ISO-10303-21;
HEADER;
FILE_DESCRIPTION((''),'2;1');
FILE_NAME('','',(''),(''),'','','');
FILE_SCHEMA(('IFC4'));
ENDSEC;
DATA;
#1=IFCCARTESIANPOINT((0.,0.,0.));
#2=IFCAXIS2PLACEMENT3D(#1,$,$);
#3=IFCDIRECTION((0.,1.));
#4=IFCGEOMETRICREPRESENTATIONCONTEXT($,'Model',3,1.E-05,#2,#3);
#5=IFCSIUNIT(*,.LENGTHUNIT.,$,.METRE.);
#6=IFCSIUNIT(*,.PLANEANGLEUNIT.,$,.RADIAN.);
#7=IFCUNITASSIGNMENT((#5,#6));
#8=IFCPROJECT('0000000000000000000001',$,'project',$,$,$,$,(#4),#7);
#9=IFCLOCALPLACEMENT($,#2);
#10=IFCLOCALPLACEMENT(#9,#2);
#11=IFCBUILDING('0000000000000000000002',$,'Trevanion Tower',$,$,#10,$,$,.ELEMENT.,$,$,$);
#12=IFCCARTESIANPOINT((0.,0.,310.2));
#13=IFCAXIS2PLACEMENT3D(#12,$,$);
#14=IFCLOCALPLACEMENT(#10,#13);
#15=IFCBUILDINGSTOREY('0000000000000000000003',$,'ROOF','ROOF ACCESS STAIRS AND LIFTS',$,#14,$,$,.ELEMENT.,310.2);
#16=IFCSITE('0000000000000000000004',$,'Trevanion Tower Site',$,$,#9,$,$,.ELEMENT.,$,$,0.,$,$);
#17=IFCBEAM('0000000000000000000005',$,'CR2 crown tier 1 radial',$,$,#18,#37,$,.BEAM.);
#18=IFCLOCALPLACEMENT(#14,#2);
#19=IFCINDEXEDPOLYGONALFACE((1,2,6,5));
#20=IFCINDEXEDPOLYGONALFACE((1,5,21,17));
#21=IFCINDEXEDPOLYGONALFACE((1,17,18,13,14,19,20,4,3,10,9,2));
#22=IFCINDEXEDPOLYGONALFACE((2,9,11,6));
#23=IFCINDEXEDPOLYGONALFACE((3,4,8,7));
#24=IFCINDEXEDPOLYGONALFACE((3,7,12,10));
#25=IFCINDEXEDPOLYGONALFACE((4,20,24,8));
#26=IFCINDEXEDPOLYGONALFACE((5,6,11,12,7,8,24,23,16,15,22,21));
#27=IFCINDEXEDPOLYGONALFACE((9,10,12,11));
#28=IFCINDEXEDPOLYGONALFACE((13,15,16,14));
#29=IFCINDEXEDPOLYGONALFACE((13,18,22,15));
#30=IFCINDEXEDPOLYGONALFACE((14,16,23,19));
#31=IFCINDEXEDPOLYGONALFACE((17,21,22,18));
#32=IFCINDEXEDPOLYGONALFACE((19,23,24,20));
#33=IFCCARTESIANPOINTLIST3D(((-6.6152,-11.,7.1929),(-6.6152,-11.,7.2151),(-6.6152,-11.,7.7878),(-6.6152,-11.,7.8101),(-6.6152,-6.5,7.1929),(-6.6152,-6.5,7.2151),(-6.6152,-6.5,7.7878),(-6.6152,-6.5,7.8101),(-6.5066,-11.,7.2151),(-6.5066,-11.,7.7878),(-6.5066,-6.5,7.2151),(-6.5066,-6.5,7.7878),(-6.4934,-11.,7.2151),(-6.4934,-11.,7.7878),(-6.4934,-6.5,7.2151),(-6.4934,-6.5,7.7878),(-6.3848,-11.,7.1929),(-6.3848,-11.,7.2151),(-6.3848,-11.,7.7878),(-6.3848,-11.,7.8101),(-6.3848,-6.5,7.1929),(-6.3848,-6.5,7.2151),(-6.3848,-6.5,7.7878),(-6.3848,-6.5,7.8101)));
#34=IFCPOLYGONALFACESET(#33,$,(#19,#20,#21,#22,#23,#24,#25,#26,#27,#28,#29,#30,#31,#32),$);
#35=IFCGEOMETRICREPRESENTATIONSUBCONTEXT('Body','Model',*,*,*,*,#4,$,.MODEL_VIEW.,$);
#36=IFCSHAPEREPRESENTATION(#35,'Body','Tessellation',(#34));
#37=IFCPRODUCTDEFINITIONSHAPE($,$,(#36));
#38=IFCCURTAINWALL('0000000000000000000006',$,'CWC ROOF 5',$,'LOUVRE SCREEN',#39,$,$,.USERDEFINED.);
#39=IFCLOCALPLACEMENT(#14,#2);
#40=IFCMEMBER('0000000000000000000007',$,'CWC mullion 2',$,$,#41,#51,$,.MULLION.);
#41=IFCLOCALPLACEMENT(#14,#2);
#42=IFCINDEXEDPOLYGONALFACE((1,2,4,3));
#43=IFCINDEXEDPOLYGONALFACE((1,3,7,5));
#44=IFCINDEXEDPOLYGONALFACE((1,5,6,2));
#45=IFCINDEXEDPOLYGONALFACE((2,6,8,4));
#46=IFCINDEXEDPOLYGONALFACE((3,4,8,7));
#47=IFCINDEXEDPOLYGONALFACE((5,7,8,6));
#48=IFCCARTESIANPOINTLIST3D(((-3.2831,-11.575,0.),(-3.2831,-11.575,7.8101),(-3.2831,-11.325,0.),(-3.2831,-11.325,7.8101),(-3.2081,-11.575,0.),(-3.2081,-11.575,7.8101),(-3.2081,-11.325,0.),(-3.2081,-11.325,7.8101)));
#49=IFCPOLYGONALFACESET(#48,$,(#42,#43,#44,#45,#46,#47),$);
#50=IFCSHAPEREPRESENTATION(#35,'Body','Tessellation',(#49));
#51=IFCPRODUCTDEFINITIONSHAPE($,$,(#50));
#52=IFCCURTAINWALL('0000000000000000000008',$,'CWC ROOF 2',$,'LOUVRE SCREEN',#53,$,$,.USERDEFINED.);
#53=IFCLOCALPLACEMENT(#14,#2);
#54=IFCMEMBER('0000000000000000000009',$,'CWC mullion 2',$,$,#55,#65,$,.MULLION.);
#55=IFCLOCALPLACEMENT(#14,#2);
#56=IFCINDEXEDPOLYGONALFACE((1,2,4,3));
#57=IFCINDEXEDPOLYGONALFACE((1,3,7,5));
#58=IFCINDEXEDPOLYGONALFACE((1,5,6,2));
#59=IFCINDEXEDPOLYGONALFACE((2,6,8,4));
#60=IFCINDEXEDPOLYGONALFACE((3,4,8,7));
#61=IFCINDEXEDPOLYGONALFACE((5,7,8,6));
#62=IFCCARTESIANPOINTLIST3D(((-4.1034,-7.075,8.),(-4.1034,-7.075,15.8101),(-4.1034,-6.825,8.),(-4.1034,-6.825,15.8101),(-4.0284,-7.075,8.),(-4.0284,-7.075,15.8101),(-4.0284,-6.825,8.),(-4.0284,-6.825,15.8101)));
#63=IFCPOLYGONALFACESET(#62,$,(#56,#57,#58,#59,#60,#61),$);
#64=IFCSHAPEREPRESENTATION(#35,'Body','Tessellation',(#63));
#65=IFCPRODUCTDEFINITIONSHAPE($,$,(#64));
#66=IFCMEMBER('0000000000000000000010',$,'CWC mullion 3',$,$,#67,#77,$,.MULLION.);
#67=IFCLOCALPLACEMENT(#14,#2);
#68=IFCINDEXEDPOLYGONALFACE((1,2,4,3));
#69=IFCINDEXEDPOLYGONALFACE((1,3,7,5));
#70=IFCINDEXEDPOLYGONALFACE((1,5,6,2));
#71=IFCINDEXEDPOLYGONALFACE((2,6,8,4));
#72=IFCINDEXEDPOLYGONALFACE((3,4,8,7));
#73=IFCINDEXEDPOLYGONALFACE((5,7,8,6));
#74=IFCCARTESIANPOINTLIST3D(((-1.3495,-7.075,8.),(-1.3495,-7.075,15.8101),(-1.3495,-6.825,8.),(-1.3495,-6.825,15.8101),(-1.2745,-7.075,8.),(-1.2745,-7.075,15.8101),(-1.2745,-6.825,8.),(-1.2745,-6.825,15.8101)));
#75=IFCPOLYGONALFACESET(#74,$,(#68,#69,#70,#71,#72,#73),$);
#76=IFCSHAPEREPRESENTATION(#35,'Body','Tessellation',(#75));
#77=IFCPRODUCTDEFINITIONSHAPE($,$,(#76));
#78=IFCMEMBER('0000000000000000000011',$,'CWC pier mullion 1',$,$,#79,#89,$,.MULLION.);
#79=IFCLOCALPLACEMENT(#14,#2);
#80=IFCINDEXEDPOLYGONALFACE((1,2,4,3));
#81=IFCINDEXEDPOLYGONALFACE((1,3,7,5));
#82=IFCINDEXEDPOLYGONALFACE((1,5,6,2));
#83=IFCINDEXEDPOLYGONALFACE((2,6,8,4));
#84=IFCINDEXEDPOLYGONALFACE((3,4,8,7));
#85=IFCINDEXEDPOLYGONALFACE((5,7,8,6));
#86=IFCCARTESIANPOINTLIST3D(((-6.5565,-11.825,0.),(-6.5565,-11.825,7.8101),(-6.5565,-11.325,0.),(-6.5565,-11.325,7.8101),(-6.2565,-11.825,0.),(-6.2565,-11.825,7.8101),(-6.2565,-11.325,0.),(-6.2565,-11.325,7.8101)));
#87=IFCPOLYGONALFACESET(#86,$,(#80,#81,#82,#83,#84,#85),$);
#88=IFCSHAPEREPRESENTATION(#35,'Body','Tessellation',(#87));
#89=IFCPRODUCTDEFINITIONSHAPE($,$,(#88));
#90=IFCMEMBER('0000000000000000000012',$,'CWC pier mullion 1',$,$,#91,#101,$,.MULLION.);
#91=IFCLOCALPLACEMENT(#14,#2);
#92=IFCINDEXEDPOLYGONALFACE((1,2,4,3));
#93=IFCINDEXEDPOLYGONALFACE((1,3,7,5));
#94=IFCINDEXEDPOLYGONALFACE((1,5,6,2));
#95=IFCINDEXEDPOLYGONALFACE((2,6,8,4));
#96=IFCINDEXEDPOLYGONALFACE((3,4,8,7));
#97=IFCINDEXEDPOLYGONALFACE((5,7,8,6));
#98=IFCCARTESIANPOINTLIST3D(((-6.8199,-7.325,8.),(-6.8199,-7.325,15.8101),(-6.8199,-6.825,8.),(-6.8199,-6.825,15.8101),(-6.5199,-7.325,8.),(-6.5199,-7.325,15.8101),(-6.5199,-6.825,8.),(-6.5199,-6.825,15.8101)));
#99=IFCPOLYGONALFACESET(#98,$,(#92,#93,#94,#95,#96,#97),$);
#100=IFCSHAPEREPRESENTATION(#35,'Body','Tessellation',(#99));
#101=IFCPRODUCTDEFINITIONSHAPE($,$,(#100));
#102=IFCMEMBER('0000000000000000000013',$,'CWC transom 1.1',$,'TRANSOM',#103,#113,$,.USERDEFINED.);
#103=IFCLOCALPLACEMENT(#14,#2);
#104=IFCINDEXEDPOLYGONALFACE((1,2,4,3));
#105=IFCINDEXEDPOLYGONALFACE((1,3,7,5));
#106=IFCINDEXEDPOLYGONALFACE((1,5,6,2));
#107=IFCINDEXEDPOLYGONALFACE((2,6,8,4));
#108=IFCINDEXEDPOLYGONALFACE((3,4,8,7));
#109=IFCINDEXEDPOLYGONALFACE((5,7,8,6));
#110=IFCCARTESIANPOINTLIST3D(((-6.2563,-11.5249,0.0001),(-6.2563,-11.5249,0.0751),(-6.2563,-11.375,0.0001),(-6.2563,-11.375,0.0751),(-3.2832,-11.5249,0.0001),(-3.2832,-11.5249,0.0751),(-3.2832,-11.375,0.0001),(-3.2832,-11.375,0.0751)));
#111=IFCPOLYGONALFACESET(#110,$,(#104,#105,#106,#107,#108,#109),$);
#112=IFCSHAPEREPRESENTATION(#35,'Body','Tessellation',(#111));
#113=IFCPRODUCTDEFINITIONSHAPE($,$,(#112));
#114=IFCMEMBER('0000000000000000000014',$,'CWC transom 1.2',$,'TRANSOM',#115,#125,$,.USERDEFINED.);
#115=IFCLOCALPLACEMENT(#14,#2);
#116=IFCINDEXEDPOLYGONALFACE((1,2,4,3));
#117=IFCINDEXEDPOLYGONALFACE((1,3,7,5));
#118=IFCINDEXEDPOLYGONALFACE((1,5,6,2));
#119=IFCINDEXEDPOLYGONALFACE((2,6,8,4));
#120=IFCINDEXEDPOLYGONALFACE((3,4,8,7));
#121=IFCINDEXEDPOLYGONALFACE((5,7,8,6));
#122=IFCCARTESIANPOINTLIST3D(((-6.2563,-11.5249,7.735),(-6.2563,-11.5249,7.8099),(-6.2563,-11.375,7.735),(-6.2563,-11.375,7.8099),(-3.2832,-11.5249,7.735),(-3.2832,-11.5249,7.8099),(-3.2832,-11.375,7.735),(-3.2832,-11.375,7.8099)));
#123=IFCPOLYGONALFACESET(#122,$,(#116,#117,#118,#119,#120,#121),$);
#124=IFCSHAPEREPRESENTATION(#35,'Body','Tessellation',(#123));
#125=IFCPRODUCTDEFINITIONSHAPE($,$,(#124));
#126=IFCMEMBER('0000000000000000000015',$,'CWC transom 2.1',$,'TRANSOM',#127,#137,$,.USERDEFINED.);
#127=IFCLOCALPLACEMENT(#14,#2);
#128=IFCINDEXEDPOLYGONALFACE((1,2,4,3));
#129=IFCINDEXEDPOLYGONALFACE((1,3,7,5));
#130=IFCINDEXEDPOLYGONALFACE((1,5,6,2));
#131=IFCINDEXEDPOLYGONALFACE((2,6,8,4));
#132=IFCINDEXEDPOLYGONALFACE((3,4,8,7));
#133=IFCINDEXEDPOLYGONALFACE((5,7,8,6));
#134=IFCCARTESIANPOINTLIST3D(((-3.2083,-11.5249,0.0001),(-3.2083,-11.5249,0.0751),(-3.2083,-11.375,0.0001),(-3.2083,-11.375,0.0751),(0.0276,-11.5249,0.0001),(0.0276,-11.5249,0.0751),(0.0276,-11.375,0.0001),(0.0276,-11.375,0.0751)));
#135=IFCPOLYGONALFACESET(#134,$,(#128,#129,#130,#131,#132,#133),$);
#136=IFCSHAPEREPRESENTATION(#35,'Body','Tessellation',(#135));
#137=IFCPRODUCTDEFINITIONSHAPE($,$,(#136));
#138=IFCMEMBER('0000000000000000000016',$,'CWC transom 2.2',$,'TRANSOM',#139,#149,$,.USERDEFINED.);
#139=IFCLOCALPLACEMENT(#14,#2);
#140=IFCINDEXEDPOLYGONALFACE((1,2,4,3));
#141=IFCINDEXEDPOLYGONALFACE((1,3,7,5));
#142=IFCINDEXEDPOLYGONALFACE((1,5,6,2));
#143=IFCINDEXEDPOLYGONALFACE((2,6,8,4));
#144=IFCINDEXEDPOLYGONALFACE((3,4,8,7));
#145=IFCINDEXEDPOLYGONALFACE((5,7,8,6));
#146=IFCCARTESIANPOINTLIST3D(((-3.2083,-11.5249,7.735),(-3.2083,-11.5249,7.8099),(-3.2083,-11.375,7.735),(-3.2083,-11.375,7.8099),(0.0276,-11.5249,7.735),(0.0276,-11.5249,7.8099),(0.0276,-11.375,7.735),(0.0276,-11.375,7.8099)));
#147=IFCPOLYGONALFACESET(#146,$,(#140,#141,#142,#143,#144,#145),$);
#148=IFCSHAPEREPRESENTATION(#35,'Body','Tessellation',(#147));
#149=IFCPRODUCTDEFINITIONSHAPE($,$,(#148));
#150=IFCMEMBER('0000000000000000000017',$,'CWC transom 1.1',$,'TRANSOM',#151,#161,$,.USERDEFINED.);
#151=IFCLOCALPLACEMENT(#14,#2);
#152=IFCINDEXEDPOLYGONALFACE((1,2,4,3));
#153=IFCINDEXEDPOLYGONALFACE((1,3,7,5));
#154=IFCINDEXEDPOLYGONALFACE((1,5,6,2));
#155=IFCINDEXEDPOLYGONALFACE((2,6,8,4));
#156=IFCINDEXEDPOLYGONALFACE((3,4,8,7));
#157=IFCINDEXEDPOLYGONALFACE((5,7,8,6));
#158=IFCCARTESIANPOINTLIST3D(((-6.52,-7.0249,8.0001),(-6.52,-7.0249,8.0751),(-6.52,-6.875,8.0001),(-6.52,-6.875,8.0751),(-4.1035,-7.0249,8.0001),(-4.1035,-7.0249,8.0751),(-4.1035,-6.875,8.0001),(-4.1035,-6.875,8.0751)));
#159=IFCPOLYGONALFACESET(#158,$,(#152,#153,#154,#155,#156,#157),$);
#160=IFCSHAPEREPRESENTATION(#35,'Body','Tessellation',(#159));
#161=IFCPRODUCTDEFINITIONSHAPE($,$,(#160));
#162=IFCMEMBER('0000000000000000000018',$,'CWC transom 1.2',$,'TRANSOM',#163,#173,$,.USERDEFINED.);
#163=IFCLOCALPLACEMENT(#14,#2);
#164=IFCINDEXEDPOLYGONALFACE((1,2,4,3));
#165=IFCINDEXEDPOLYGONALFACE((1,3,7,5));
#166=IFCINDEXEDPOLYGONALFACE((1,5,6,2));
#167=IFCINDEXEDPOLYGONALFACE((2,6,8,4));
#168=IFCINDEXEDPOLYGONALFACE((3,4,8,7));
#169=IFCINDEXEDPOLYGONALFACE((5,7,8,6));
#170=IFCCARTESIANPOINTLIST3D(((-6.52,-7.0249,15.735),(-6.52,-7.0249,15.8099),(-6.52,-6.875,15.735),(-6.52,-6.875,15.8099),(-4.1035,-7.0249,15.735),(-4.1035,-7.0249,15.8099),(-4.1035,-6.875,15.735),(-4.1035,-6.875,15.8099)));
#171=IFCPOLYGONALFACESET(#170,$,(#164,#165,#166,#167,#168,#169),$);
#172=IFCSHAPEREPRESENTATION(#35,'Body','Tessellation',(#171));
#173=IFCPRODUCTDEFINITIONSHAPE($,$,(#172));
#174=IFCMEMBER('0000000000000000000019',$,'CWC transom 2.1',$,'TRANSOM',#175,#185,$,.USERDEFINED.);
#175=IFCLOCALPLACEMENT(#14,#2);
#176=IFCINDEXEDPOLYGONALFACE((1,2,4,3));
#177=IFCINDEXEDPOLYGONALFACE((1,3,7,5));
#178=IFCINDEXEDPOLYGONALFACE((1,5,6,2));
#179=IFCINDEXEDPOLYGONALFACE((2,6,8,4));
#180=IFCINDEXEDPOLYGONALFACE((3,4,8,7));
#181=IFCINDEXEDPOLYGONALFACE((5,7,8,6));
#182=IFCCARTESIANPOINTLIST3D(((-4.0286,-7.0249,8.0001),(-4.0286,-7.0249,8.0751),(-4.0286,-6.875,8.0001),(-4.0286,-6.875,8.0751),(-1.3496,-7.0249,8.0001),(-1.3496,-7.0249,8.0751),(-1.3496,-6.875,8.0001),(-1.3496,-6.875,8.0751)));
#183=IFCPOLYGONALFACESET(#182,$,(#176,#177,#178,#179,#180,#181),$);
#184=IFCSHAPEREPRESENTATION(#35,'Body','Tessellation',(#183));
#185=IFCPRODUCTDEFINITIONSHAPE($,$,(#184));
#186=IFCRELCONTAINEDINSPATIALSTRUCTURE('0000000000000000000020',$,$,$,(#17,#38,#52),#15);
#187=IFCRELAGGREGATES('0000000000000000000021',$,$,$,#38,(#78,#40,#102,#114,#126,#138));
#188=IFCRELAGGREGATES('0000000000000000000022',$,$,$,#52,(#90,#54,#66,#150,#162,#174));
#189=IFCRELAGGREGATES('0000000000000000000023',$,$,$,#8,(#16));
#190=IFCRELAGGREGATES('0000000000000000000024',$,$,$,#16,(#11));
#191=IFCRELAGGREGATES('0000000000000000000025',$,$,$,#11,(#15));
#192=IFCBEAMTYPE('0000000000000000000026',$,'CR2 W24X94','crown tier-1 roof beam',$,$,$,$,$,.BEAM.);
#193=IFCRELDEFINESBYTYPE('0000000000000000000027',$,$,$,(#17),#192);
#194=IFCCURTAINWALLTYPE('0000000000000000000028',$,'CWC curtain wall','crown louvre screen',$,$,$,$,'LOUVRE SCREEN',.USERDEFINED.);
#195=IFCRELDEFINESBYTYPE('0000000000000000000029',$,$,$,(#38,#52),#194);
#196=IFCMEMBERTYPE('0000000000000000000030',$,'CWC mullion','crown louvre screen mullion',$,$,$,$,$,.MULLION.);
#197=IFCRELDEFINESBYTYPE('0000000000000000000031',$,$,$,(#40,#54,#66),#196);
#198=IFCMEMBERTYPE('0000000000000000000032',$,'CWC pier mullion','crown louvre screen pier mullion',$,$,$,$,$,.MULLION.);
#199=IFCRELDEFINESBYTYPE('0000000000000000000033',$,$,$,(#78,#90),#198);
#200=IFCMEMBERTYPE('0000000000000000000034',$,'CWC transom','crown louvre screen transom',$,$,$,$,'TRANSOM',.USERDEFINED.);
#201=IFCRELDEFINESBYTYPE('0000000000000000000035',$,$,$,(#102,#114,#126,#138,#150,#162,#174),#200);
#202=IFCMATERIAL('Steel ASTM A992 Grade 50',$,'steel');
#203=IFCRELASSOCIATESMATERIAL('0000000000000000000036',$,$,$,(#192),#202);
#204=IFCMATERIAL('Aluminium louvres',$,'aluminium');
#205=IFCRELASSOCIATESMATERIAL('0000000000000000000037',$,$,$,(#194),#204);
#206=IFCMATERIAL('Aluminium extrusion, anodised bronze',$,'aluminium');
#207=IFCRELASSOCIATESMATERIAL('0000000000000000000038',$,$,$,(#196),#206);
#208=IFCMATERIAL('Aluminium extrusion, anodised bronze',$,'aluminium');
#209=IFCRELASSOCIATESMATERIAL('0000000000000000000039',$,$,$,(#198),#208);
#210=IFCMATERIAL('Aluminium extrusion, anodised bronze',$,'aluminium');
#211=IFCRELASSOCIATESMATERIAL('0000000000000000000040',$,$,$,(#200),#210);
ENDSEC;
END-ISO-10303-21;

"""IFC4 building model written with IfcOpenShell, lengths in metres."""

from ifc_helpers import new_model, si_unit, direction, frame, origin, origin_2d, place, context, subcontext, project, spatial, rectangle, i_section, extrude, material, material_profile, profile_set, type_object, element, aggregate, save


model = new_model("IFC4")

# Units and contexts
model_context = context("Model", 3, precision=1e-05, world=origin(), true_north=direction((0.0, 1.0)))
body_context = subcontext(model_context, "Body", "Model", "MODEL_VIEW")
ifc_project = project(units=[si_unit("LENGTHUNIT", "METRE"), si_unit("PLANEANGLEUNIT", "RADIAN")], contexts=[model_context])

# Site, building, storey
site_placement = place(None, origin())
site = spatial("IfcSite", under=ifc_project, at=site_placement, Name="Trevanion Tower Site", CompositionType="ELEMENT", RefElevation=0.0)
building_placement = place(site_placement, origin())
building = spatial("IfcBuilding", under=site, at=building_placement, Name="Trevanion Tower", CompositionType="ELEMENT")
storey_placement = place(building_placement, frame((0.0, 0.0, 310.2)))
storey = spatial("IfcBuildingStorey", under=building, at=storey_placement, Name="ROOF", Description="ROOF ACCESS STAIRS AND LIFTS", CompositionType="ELEMENT", Elevation=310.2)

# Beam
ifc_material_1 = material(Name="Steel ASTM A992 Grade 50", Category="steel")
ifc_material_profile_1 = material_profile(ifc_material_1, i_section(OverallWidth=0.2305, OverallDepth=0.6172, WebThickness=0.0132, FlangeThickness=0.0222, at=origin_2d()), Name="W24X94")
ifc_profile_set_1 = profile_set([ifc_material_profile_1], Name="Steel ASTM A992 Grade 50")
beam_type_1 = type_object("IfcBeamType", Name="CR2 W24X94", Description="crown tier-1 roof beam", PredefinedType="BEAM", material=ifc_profile_set_1)
for number, where, z_axis, x_axis, name in (
    (1, (-6.5, -6.5, 7.5015), (0.0, -1.0, 0.0), (1.0, 0.0, 0.0), "CR2 crown tier 1 radial"),
):
    element("IfcBeam", number, at=place(storey_placement, frame(where, z_axis=z_axis, x_axis=x_axis)), inside=storey, type_object=beam_type_1, Name=name, PredefinedType="BEAM", context=body_context, shape_type="SweptSolid", body=[
        extrude(i_section(OverallWidth=0.2305, OverallDepth=0.6172, WebThickness=0.0132, FlangeThickness=0.0222, at=origin_2d()), origin(), (0.0, 0.0, 1.0), 4.5),
    ])

# Curtain wall, member
ifc_material_2 = material(Name="Aluminium louvres", Category="aluminium")
curtain_wall_type = type_object("IfcCurtainWallType", Name="CWC curtain wall", Description="crown louvre screen", ElementType="LOUVRE SCREEN", PredefinedType="USERDEFINED", material=ifc_material_2)
curtain_wall_1_placement = place(storey_placement, origin())
curtain_wall_1 = element("IfcCurtainWall", 2, at=curtain_wall_1_placement, inside=storey, type_object=curtain_wall_type, Name="CWC ROOF 5", ObjectType="LOUVRE SCREEN", PredefinedType="USERDEFINED")
ifc_material_3 = material(Name="Aluminium extrusion, anodised bronze", Category="aluminium")
ifc_material_profile_2 = material_profile(ifc_material_3, rectangle(XDim=0.075, YDim=0.25, at=origin_2d()), Name="CWC mullion")
ifc_profile_set_2 = profile_set([ifc_material_profile_2], Name="Aluminium extrusion, anodised bronze")
member_type_1 = type_object("IfcMemberType", Name="CWC mullion", Description="crown louvre screen mullion", PredefinedType="MULLION", material=ifc_profile_set_2)
member_1_placement = place(storey_placement, frame((-3.2456, -11.45, 0.0), z_axis=(0.0, 0.0, 1.0), x_axis=(1.0, 0.0, 0.0)))
member_1 = element("IfcMember", 3, at=member_1_placement, type_object=member_type_1, Name="CWC mullion 2", PredefinedType="MULLION", context=body_context, shape_type="SweptSolid", body=[
    extrude(rectangle(XDim=0.075, YDim=0.25, at=origin_2d()), origin(), (0.0, 0.0, 1.0), 7.8101),
])

# Curtain wall, members
curtain_wall_2_placement = place(storey_placement, origin())
curtain_wall_2 = element("IfcCurtainWall", 4, at=curtain_wall_2_placement, inside=storey, type_object=curtain_wall_type, Name="CWC ROOF 2", ObjectType="LOUVRE SCREEN", PredefinedType="USERDEFINED")
member_2_placement = place(storey_placement, frame((-4.0659, -6.95, 8.0), z_axis=(0.0, 0.0, 1.0), x_axis=(1.0, 0.0, 0.0)))
member_2 = element("IfcMember", 5, at=member_2_placement, type_object=member_type_1, Name="CWC mullion 2", PredefinedType="MULLION", context=body_context, shape_type="SweptSolid", body=[
    extrude(rectangle(XDim=0.075, YDim=0.25, at=origin_2d()), origin(), (0.0, 0.0, 1.0), 7.8101),
])
member_3_placement = place(storey_placement, frame((-1.312, -6.95, 8.0), z_axis=(0.0, 0.0, 1.0), x_axis=(1.0, 0.0, 0.0)))
member_3 = element("IfcMember", 6, at=member_3_placement, type_object=member_type_1, Name="CWC mullion 3", PredefinedType="MULLION", context=body_context, shape_type="SweptSolid", body=[
    extrude(rectangle(XDim=0.075, YDim=0.25, at=origin_2d()), origin(), (0.0, 0.0, 1.0), 7.8101),
])

# Members
ifc_material_4 = material(Name="Aluminium extrusion, anodised bronze", Category="aluminium")
ifc_material_profile_3 = material_profile(ifc_material_4, rectangle(XDim=0.3, YDim=0.5, at=origin_2d()), Name="CWC pier mullion")
ifc_profile_set_3 = profile_set([ifc_material_profile_3], Name="Aluminium extrusion, anodised bronze")
member_type_2 = type_object("IfcMemberType", Name="CWC pier mullion", Description="crown louvre screen pier mullion", PredefinedType="MULLION", material=ifc_profile_set_3)
member_4_placement = place(storey_placement, frame((-6.4065, -11.575, 0.0), z_axis=(0.0, 0.0, 1.0), x_axis=(1.0, 0.0, 0.0)))
member_4 = element("IfcMember", 7, at=member_4_placement, type_object=member_type_2, Name="CWC pier mullion 1", PredefinedType="MULLION", context=body_context, shape_type="SweptSolid", body=[
    extrude(rectangle(XDim=0.3, YDim=0.5, at=origin_2d()), origin(), (0.0, 0.0, 1.0), 7.8101),
])
member_5_placement = place(storey_placement, frame((-6.6699, -7.075, 8.0), z_axis=(0.0, 0.0, 1.0), x_axis=(1.0, 0.0, 0.0)))
member_5 = element("IfcMember", 8, at=member_5_placement, type_object=member_type_2, Name="CWC pier mullion 1", PredefinedType="MULLION", context=body_context, shape_type="SweptSolid", body=[
    extrude(rectangle(XDim=0.3, YDim=0.5, at=origin_2d()), origin(), (0.0, 0.0, 1.0), 7.8101),
])
ifc_material_5 = material(Name="Aluminium extrusion, anodised bronze", Category="aluminium")
ifc_material_profile_4 = material_profile(ifc_material_5, rectangle(XDim=0.1499, YDim=0.075, at=origin_2d()), Name="CWC transom")
ifc_profile_set_4 = profile_set([ifc_material_profile_4], Name="Aluminium extrusion, anodised bronze")
member_type_3 = type_object("IfcMemberType", Name="CWC transom", Description="crown louvre screen transom", ElementType="TRANSOM", PredefinedType="USERDEFINED", material=ifc_profile_set_4)
member_6_placement = place(storey_placement, frame((-6.2563, -11.45, 0.0376), z_axis=(1.0, 0.0, 0.0), x_axis=(0.0, 1.0, 0.0)))
member_6 = element("IfcMember", 9, at=member_6_placement, type_object=member_type_3, Name="CWC transom 1.1", ObjectType="TRANSOM", PredefinedType="USERDEFINED", context=body_context, shape_type="SweptSolid", body=[
    extrude(rectangle(XDim=0.1499, YDim=0.075, at=origin_2d()), origin(), (0.0, 0.0, 1.0), 2.9731),
])
member_7_placement = place(storey_placement, frame((-6.2563, -11.45, 7.7725), z_axis=(1.0, 0.0, 0.0), x_axis=(0.0, 1.0, 0.0)))
member_7 = element("IfcMember", 10, at=member_7_placement, type_object=member_type_3, Name="CWC transom 1.2", ObjectType="TRANSOM", PredefinedType="USERDEFINED", context=body_context, shape_type="SweptSolid", body=[
    extrude(rectangle(XDim=0.1499, YDim=0.075, at=origin_2d()), origin(), (0.0, 0.0, 1.0), 2.9731),
])
member_8_placement = place(storey_placement, frame((-3.2083, -11.45, 0.0376), z_axis=(1.0, 0.0, 0.0), x_axis=(0.0, 1.0, 0.0)))
member_8 = element("IfcMember", 11, at=member_8_placement, type_object=member_type_3, Name="CWC transom 2.1", ObjectType="TRANSOM", PredefinedType="USERDEFINED", context=body_context, shape_type="SweptSolid", body=[
    extrude(rectangle(XDim=0.1499, YDim=0.075, at=origin_2d()), origin(), (0.0, 0.0, 1.0), 3.2358),
])
member_9_placement = place(storey_placement, frame((-3.2083, -11.45, 7.7725), z_axis=(1.0, 0.0, 0.0), x_axis=(0.0, 1.0, 0.0)))
member_9 = element("IfcMember", 12, at=member_9_placement, type_object=member_type_3, Name="CWC transom 2.2", ObjectType="TRANSOM", PredefinedType="USERDEFINED", context=body_context, shape_type="SweptSolid", body=[
    extrude(rectangle(XDim=0.1499, YDim=0.075, at=origin_2d()), origin(), (0.0, 0.0, 1.0), 3.2358),
])
member_10_placement = place(storey_placement, frame((-6.52, -6.95, 8.0376), z_axis=(1.0, 0.0, 0.0), x_axis=(0.0, 1.0, 0.0)))
member_10 = element("IfcMember", 13, at=member_10_placement, type_object=member_type_3, Name="CWC transom 1.1", ObjectType="TRANSOM", PredefinedType="USERDEFINED", context=body_context, shape_type="SweptSolid", body=[
    extrude(rectangle(XDim=0.1499, YDim=0.075, at=origin_2d()), origin(), (0.0, 0.0, 1.0), 2.4165),
])
member_11_placement = place(storey_placement, frame((-6.52, -6.95, 15.7725), z_axis=(1.0, 0.0, 0.0), x_axis=(0.0, 1.0, 0.0)))
member_11 = element("IfcMember", 14, at=member_11_placement, type_object=member_type_3, Name="CWC transom 1.2", ObjectType="TRANSOM", PredefinedType="USERDEFINED", context=body_context, shape_type="SweptSolid", body=[
    extrude(rectangle(XDim=0.1499, YDim=0.075, at=origin_2d()), origin(), (0.0, 0.0, 1.0), 2.4165),
])
member_12_placement = place(storey_placement, frame((-4.0286, -6.95, 8.0376), z_axis=(1.0, 0.0, 0.0), x_axis=(0.0, 1.0, 0.0)))
member_12 = element("IfcMember", 15, at=member_12_placement, type_object=member_type_3, Name="CWC transom 2.1", ObjectType="TRANSOM", PredefinedType="USERDEFINED", context=body_context, shape_type="SweptSolid", body=[
    extrude(rectangle(XDim=0.1499, YDim=0.075, at=origin_2d()), origin(), (0.0, 0.0, 1.0), 2.679),
])

aggregate(curtain_wall_1, [member_4, member_1, member_6, member_7, member_8, member_9])
aggregate(curtain_wall_2, [member_5, member_2, member_3, member_10, member_11, member_12])

save(model, "model.ifc")
